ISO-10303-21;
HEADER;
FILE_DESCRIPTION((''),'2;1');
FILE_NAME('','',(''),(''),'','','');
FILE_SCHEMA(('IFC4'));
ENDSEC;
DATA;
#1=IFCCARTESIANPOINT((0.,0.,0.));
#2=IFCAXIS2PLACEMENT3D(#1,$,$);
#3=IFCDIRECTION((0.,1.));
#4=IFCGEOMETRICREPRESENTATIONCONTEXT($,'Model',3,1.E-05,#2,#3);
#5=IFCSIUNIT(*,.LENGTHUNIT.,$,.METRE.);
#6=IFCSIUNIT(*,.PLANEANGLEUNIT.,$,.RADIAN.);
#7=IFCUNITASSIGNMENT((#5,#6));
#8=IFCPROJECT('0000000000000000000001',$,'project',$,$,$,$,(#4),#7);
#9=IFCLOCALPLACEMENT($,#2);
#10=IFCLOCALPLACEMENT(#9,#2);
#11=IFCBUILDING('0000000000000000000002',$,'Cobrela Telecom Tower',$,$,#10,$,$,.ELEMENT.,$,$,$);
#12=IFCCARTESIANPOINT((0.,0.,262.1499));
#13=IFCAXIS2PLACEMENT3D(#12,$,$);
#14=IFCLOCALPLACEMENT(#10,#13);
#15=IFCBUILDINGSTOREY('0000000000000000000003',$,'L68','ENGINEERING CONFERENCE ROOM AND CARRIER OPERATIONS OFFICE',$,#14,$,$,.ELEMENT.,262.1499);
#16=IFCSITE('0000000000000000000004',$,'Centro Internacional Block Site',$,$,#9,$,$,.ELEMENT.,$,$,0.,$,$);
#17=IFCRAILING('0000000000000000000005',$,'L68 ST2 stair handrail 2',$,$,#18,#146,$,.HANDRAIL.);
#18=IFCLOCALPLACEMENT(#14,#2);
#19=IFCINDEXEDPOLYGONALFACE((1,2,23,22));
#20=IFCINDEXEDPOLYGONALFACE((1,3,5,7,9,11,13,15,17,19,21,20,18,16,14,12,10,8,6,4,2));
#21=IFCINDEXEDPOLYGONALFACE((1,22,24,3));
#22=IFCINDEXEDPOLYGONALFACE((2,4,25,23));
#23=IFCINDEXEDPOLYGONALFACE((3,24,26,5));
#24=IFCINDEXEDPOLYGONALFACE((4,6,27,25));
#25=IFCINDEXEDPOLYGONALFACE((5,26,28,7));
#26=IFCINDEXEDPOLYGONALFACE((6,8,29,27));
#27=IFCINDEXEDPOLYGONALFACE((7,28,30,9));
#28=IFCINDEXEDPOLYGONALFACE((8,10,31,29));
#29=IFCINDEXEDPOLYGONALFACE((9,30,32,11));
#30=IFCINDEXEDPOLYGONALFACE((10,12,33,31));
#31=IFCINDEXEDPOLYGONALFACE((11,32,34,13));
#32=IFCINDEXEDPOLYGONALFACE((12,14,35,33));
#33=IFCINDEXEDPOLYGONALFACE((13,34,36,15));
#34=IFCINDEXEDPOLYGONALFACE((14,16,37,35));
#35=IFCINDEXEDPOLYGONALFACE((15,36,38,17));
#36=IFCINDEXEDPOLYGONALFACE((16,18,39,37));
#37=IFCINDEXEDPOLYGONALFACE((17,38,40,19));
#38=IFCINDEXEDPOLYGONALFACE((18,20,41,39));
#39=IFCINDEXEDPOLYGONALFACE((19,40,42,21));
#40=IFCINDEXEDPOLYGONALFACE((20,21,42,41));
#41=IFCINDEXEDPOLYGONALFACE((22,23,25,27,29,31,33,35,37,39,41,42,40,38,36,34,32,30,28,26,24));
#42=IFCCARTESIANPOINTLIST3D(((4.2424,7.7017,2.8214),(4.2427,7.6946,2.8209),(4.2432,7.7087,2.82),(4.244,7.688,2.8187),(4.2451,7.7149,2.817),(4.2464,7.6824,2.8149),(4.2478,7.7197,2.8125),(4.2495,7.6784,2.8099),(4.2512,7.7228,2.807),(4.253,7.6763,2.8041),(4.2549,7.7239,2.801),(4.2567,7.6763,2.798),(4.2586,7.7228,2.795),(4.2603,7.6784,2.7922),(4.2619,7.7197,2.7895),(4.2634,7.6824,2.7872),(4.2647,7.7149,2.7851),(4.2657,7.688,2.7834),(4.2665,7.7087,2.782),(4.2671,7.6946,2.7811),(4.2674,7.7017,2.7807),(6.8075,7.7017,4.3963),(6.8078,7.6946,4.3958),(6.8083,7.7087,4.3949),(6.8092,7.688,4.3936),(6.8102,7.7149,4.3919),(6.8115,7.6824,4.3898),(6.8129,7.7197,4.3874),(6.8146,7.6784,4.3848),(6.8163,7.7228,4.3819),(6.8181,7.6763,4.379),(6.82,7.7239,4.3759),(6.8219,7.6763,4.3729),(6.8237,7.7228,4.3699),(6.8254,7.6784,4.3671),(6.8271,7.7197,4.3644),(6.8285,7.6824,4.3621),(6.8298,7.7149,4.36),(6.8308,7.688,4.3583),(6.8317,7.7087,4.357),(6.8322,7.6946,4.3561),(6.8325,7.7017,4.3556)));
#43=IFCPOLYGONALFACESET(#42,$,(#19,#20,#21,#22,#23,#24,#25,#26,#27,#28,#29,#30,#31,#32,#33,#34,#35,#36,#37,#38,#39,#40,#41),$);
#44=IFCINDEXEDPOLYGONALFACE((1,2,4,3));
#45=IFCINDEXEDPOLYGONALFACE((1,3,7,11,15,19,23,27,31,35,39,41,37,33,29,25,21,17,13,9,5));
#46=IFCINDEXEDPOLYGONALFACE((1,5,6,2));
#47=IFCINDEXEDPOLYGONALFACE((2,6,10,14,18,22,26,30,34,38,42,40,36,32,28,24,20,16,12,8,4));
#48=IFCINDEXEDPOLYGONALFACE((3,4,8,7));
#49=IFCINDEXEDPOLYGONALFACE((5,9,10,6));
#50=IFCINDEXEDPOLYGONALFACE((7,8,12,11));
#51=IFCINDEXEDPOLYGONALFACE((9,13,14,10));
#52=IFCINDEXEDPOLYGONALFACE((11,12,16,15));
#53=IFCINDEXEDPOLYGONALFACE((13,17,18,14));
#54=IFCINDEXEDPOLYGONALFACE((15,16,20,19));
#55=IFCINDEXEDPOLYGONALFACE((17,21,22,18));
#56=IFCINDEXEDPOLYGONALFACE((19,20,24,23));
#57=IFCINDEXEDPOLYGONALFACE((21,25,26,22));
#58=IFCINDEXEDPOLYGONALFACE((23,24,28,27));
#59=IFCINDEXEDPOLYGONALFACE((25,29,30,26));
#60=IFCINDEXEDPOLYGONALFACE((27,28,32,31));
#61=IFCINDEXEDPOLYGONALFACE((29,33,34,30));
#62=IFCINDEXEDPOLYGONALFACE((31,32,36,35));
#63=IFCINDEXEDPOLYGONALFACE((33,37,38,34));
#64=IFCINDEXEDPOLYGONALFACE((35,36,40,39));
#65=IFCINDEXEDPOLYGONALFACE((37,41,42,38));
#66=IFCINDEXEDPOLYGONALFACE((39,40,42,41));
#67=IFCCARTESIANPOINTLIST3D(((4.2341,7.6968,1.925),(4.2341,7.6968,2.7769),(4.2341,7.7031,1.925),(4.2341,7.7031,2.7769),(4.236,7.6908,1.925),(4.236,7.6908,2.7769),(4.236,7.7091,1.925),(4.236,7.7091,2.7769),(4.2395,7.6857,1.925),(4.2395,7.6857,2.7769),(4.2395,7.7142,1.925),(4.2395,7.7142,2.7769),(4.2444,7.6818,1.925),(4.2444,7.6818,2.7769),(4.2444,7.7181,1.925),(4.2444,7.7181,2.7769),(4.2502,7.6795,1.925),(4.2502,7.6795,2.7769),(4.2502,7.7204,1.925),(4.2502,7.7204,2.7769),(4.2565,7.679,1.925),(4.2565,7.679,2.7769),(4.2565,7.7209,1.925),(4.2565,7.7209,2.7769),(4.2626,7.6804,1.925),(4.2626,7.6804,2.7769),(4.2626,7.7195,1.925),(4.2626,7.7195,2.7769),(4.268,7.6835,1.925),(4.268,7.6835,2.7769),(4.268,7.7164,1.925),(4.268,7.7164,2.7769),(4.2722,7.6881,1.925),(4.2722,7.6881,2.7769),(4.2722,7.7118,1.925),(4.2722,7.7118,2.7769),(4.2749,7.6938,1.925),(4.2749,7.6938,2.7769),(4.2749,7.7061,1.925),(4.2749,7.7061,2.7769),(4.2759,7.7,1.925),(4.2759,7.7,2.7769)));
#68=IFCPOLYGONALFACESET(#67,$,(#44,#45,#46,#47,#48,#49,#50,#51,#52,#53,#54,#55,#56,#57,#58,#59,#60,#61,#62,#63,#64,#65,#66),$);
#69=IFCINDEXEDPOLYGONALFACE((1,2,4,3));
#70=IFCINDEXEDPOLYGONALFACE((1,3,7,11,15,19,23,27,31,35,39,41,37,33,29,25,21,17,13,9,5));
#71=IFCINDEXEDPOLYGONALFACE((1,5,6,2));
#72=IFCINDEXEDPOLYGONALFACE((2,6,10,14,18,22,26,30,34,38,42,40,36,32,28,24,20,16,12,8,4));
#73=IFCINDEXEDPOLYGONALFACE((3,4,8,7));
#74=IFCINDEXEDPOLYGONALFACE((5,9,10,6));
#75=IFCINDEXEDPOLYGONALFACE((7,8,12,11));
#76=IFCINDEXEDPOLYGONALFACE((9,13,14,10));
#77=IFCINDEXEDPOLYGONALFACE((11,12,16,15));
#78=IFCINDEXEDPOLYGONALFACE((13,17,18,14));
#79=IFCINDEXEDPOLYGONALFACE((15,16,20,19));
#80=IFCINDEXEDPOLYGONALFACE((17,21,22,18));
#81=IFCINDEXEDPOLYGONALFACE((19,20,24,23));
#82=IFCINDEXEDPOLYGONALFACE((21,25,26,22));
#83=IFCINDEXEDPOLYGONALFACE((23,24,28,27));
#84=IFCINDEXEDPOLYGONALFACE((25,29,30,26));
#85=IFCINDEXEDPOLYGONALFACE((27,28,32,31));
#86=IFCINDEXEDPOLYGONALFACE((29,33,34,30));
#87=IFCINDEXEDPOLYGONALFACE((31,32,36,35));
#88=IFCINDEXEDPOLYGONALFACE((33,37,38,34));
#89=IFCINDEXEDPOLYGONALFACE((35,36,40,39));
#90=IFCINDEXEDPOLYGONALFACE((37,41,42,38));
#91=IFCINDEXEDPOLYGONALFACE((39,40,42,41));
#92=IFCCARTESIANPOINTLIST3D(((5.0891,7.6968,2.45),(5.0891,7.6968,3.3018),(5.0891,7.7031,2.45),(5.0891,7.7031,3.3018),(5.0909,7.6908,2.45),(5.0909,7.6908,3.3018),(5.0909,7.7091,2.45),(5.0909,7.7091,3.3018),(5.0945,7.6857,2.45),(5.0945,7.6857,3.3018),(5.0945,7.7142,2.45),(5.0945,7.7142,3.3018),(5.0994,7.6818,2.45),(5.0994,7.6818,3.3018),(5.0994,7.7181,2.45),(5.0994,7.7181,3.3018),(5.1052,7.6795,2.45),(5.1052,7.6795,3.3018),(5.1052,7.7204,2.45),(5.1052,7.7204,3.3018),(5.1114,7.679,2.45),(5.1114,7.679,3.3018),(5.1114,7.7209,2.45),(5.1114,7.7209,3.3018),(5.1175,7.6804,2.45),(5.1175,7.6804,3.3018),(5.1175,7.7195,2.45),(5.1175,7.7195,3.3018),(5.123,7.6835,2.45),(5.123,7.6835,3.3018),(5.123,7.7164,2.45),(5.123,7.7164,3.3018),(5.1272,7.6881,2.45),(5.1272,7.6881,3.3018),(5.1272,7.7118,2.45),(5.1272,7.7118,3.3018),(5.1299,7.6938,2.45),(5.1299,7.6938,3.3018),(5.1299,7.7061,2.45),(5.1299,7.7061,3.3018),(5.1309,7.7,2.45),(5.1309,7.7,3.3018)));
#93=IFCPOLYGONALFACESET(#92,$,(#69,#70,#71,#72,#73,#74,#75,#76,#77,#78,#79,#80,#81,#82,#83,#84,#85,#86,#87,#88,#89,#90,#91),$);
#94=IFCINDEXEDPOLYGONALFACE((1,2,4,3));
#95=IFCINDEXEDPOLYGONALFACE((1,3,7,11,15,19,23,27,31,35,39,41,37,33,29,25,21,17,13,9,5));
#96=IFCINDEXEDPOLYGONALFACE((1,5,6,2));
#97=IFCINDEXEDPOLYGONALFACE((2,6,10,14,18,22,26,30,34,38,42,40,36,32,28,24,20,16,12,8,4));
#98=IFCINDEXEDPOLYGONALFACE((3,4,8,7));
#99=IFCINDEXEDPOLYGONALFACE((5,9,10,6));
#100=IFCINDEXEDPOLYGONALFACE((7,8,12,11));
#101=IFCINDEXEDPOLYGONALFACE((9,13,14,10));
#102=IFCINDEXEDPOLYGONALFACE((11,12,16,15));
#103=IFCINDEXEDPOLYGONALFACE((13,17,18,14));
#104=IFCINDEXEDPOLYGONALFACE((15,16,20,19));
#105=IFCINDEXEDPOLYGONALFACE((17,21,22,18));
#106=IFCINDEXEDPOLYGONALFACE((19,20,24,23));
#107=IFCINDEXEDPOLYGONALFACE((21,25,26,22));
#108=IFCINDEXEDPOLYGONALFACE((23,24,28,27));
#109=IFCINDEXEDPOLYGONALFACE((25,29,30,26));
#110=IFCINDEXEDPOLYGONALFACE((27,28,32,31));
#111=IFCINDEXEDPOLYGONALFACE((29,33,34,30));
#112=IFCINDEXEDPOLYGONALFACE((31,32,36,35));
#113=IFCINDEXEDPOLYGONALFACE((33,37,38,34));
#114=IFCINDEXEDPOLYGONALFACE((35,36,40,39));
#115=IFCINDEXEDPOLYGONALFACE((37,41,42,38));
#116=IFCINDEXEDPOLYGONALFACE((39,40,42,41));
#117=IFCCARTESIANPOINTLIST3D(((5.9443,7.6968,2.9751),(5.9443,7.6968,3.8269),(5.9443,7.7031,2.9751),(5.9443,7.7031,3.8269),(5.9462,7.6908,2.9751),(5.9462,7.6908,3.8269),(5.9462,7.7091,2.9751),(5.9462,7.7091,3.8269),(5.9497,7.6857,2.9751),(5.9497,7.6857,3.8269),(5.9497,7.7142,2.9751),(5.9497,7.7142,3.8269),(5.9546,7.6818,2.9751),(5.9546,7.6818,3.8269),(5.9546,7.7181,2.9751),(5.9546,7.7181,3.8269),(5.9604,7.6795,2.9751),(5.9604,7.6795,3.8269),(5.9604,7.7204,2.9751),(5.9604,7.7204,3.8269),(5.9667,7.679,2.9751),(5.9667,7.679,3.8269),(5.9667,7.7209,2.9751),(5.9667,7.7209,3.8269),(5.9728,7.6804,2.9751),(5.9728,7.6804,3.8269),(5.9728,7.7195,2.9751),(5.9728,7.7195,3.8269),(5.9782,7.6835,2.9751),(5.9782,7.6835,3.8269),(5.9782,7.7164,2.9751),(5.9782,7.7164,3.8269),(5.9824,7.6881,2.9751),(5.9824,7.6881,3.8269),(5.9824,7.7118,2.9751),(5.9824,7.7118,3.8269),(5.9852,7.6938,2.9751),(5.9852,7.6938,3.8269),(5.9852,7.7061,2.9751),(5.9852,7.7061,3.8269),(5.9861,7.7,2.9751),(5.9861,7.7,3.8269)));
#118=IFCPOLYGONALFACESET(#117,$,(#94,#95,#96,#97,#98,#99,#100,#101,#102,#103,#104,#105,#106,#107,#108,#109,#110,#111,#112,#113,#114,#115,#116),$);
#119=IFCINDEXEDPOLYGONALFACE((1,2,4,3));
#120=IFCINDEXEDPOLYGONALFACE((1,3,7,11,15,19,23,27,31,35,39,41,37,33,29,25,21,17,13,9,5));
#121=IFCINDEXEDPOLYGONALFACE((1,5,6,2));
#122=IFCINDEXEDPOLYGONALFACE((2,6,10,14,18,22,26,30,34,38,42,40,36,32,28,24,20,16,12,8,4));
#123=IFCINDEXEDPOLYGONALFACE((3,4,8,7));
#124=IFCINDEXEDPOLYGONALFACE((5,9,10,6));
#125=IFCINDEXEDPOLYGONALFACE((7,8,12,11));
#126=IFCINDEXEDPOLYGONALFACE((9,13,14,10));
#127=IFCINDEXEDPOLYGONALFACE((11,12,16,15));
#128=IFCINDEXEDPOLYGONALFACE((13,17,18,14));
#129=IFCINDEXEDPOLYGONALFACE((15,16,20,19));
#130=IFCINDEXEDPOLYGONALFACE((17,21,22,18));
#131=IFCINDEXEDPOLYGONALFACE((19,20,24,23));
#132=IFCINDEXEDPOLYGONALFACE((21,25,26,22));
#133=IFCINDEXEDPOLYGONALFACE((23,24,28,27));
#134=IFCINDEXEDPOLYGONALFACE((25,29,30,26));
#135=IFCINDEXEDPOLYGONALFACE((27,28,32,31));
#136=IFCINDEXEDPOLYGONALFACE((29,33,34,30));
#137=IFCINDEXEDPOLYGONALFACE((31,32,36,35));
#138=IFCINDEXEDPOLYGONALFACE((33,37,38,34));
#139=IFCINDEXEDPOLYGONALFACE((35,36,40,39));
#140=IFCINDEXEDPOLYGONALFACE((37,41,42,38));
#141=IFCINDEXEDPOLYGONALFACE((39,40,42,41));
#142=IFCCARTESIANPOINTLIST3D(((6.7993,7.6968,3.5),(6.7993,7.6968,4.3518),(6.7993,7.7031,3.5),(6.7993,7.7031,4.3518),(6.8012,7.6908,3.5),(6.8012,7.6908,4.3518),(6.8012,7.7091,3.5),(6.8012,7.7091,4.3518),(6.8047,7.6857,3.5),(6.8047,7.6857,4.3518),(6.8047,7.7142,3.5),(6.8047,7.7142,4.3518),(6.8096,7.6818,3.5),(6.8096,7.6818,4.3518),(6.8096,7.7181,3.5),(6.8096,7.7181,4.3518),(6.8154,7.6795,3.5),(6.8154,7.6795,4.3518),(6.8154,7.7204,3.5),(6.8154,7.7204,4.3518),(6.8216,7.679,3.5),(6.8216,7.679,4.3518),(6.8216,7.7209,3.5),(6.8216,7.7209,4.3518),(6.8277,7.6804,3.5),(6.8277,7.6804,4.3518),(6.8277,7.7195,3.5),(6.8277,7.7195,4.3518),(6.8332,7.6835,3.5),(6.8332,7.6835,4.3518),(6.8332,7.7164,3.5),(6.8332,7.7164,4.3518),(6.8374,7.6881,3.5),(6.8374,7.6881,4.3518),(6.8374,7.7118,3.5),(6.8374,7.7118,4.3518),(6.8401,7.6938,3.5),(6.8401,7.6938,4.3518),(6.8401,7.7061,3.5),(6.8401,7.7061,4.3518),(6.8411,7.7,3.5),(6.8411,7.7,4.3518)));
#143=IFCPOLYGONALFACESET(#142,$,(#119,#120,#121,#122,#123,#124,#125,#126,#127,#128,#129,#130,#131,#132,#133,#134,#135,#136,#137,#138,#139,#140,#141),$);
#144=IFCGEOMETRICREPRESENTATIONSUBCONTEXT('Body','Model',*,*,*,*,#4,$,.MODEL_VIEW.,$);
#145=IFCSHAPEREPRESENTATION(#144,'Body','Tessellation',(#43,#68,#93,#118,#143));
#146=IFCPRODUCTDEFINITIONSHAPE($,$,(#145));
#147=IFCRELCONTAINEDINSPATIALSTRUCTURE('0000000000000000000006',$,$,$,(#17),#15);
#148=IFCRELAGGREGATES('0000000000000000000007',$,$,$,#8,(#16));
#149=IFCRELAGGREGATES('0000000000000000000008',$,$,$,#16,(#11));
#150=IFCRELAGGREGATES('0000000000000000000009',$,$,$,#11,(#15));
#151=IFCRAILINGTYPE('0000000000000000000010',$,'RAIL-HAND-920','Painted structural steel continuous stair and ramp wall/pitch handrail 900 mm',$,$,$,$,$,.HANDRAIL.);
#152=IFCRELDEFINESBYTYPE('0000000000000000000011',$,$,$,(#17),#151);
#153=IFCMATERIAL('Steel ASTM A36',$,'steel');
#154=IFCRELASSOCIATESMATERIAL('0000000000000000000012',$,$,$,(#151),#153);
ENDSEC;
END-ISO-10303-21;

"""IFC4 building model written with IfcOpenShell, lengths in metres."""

from ifc_helpers import new_model, si_unit, direction, frame, origin, origin_2d, place, context, subcontext, project, spatial, circle, extrude, material, type_object, element, save


model = new_model("IFC4")

# Units and contexts
model_context = context("Model", 3, precision=1e-05, world=origin(), true_north=direction((0.0, 1.0)))
body_context = subcontext(model_context, "Body", "Model", "MODEL_VIEW")
ifc_project = project(units=[si_unit("LENGTHUNIT", "METRE"), si_unit("PLANEANGLEUNIT", "RADIAN")], contexts=[model_context])

# Site, building, storey
site_placement = place(None, origin())
site = spatial("IfcSite", under=ifc_project, at=site_placement, Name="Centro Internacional Block Site", CompositionType="ELEMENT", RefElevation=0.0)
building_placement = place(site_placement, origin())
building = spatial("IfcBuilding", under=site, at=building_placement, Name="Cobrela Telecom Tower", CompositionType="ELEMENT")
storey_placement = place(building_placement, frame((0.0, 0.0, 262.1499)))
storey = spatial("IfcBuildingStorey", under=building, at=storey_placement, Name="L68", Description="ENGINEERING CONFERENCE ROOM AND CARRIER OPERATIONS OFFICE", CompositionType="ELEMENT", Elevation=262.1499)

# Railing
ifc_material_1 = material(Name="Steel ASTM A36", Category="steel")
railing_type = type_object("IfcRailingType", Name="RAIL-HAND-920", Description="Painted structural steel continuous stair and ramp wall/pitch handrail 900 mm", PredefinedType="HANDRAIL", material=ifc_material_1)
railing_placement = place(storey_placement, frame((4.2549, 7.7, 1.925)))
element("IfcRailing", 1, at=railing_placement, inside=storey, type_object=railing_type, Name="L68 ST2 stair handrail 2", PredefinedType="HANDRAIL", context=body_context, shape_type="SweptSolid", body=[
    extrude(circle(Radius=0.0239, at=origin_2d()), frame((0.0, 0.0, 0.876), z_axis=(0.852195, 0.0, 0.523224), x_axis=(0.0, 1.0, 0.0)), (0.0, 0.0, 1.0), 3.01),
    extrude(circle(Radius=0.021, at=origin_2d()), origin(), (0.0, 0.0, 1.0), 0.8518),
    extrude(circle(Radius=0.021, at=origin_2d()), frame((0.855, 0.0, 0.5249)), (0.0, 0.0, 1.0), 0.8518),
    extrude(circle(Radius=0.021, at=origin_2d()), frame((1.7102, 0.0, 1.05)), (0.0, 0.0, 1.0), 0.8518),
    extrude(circle(Radius=0.021, at=origin_2d()), frame((2.5652, 0.0, 1.575)), (0.0, 0.0, 1.0), 0.8518),
])

save(model, "model.ifc")
